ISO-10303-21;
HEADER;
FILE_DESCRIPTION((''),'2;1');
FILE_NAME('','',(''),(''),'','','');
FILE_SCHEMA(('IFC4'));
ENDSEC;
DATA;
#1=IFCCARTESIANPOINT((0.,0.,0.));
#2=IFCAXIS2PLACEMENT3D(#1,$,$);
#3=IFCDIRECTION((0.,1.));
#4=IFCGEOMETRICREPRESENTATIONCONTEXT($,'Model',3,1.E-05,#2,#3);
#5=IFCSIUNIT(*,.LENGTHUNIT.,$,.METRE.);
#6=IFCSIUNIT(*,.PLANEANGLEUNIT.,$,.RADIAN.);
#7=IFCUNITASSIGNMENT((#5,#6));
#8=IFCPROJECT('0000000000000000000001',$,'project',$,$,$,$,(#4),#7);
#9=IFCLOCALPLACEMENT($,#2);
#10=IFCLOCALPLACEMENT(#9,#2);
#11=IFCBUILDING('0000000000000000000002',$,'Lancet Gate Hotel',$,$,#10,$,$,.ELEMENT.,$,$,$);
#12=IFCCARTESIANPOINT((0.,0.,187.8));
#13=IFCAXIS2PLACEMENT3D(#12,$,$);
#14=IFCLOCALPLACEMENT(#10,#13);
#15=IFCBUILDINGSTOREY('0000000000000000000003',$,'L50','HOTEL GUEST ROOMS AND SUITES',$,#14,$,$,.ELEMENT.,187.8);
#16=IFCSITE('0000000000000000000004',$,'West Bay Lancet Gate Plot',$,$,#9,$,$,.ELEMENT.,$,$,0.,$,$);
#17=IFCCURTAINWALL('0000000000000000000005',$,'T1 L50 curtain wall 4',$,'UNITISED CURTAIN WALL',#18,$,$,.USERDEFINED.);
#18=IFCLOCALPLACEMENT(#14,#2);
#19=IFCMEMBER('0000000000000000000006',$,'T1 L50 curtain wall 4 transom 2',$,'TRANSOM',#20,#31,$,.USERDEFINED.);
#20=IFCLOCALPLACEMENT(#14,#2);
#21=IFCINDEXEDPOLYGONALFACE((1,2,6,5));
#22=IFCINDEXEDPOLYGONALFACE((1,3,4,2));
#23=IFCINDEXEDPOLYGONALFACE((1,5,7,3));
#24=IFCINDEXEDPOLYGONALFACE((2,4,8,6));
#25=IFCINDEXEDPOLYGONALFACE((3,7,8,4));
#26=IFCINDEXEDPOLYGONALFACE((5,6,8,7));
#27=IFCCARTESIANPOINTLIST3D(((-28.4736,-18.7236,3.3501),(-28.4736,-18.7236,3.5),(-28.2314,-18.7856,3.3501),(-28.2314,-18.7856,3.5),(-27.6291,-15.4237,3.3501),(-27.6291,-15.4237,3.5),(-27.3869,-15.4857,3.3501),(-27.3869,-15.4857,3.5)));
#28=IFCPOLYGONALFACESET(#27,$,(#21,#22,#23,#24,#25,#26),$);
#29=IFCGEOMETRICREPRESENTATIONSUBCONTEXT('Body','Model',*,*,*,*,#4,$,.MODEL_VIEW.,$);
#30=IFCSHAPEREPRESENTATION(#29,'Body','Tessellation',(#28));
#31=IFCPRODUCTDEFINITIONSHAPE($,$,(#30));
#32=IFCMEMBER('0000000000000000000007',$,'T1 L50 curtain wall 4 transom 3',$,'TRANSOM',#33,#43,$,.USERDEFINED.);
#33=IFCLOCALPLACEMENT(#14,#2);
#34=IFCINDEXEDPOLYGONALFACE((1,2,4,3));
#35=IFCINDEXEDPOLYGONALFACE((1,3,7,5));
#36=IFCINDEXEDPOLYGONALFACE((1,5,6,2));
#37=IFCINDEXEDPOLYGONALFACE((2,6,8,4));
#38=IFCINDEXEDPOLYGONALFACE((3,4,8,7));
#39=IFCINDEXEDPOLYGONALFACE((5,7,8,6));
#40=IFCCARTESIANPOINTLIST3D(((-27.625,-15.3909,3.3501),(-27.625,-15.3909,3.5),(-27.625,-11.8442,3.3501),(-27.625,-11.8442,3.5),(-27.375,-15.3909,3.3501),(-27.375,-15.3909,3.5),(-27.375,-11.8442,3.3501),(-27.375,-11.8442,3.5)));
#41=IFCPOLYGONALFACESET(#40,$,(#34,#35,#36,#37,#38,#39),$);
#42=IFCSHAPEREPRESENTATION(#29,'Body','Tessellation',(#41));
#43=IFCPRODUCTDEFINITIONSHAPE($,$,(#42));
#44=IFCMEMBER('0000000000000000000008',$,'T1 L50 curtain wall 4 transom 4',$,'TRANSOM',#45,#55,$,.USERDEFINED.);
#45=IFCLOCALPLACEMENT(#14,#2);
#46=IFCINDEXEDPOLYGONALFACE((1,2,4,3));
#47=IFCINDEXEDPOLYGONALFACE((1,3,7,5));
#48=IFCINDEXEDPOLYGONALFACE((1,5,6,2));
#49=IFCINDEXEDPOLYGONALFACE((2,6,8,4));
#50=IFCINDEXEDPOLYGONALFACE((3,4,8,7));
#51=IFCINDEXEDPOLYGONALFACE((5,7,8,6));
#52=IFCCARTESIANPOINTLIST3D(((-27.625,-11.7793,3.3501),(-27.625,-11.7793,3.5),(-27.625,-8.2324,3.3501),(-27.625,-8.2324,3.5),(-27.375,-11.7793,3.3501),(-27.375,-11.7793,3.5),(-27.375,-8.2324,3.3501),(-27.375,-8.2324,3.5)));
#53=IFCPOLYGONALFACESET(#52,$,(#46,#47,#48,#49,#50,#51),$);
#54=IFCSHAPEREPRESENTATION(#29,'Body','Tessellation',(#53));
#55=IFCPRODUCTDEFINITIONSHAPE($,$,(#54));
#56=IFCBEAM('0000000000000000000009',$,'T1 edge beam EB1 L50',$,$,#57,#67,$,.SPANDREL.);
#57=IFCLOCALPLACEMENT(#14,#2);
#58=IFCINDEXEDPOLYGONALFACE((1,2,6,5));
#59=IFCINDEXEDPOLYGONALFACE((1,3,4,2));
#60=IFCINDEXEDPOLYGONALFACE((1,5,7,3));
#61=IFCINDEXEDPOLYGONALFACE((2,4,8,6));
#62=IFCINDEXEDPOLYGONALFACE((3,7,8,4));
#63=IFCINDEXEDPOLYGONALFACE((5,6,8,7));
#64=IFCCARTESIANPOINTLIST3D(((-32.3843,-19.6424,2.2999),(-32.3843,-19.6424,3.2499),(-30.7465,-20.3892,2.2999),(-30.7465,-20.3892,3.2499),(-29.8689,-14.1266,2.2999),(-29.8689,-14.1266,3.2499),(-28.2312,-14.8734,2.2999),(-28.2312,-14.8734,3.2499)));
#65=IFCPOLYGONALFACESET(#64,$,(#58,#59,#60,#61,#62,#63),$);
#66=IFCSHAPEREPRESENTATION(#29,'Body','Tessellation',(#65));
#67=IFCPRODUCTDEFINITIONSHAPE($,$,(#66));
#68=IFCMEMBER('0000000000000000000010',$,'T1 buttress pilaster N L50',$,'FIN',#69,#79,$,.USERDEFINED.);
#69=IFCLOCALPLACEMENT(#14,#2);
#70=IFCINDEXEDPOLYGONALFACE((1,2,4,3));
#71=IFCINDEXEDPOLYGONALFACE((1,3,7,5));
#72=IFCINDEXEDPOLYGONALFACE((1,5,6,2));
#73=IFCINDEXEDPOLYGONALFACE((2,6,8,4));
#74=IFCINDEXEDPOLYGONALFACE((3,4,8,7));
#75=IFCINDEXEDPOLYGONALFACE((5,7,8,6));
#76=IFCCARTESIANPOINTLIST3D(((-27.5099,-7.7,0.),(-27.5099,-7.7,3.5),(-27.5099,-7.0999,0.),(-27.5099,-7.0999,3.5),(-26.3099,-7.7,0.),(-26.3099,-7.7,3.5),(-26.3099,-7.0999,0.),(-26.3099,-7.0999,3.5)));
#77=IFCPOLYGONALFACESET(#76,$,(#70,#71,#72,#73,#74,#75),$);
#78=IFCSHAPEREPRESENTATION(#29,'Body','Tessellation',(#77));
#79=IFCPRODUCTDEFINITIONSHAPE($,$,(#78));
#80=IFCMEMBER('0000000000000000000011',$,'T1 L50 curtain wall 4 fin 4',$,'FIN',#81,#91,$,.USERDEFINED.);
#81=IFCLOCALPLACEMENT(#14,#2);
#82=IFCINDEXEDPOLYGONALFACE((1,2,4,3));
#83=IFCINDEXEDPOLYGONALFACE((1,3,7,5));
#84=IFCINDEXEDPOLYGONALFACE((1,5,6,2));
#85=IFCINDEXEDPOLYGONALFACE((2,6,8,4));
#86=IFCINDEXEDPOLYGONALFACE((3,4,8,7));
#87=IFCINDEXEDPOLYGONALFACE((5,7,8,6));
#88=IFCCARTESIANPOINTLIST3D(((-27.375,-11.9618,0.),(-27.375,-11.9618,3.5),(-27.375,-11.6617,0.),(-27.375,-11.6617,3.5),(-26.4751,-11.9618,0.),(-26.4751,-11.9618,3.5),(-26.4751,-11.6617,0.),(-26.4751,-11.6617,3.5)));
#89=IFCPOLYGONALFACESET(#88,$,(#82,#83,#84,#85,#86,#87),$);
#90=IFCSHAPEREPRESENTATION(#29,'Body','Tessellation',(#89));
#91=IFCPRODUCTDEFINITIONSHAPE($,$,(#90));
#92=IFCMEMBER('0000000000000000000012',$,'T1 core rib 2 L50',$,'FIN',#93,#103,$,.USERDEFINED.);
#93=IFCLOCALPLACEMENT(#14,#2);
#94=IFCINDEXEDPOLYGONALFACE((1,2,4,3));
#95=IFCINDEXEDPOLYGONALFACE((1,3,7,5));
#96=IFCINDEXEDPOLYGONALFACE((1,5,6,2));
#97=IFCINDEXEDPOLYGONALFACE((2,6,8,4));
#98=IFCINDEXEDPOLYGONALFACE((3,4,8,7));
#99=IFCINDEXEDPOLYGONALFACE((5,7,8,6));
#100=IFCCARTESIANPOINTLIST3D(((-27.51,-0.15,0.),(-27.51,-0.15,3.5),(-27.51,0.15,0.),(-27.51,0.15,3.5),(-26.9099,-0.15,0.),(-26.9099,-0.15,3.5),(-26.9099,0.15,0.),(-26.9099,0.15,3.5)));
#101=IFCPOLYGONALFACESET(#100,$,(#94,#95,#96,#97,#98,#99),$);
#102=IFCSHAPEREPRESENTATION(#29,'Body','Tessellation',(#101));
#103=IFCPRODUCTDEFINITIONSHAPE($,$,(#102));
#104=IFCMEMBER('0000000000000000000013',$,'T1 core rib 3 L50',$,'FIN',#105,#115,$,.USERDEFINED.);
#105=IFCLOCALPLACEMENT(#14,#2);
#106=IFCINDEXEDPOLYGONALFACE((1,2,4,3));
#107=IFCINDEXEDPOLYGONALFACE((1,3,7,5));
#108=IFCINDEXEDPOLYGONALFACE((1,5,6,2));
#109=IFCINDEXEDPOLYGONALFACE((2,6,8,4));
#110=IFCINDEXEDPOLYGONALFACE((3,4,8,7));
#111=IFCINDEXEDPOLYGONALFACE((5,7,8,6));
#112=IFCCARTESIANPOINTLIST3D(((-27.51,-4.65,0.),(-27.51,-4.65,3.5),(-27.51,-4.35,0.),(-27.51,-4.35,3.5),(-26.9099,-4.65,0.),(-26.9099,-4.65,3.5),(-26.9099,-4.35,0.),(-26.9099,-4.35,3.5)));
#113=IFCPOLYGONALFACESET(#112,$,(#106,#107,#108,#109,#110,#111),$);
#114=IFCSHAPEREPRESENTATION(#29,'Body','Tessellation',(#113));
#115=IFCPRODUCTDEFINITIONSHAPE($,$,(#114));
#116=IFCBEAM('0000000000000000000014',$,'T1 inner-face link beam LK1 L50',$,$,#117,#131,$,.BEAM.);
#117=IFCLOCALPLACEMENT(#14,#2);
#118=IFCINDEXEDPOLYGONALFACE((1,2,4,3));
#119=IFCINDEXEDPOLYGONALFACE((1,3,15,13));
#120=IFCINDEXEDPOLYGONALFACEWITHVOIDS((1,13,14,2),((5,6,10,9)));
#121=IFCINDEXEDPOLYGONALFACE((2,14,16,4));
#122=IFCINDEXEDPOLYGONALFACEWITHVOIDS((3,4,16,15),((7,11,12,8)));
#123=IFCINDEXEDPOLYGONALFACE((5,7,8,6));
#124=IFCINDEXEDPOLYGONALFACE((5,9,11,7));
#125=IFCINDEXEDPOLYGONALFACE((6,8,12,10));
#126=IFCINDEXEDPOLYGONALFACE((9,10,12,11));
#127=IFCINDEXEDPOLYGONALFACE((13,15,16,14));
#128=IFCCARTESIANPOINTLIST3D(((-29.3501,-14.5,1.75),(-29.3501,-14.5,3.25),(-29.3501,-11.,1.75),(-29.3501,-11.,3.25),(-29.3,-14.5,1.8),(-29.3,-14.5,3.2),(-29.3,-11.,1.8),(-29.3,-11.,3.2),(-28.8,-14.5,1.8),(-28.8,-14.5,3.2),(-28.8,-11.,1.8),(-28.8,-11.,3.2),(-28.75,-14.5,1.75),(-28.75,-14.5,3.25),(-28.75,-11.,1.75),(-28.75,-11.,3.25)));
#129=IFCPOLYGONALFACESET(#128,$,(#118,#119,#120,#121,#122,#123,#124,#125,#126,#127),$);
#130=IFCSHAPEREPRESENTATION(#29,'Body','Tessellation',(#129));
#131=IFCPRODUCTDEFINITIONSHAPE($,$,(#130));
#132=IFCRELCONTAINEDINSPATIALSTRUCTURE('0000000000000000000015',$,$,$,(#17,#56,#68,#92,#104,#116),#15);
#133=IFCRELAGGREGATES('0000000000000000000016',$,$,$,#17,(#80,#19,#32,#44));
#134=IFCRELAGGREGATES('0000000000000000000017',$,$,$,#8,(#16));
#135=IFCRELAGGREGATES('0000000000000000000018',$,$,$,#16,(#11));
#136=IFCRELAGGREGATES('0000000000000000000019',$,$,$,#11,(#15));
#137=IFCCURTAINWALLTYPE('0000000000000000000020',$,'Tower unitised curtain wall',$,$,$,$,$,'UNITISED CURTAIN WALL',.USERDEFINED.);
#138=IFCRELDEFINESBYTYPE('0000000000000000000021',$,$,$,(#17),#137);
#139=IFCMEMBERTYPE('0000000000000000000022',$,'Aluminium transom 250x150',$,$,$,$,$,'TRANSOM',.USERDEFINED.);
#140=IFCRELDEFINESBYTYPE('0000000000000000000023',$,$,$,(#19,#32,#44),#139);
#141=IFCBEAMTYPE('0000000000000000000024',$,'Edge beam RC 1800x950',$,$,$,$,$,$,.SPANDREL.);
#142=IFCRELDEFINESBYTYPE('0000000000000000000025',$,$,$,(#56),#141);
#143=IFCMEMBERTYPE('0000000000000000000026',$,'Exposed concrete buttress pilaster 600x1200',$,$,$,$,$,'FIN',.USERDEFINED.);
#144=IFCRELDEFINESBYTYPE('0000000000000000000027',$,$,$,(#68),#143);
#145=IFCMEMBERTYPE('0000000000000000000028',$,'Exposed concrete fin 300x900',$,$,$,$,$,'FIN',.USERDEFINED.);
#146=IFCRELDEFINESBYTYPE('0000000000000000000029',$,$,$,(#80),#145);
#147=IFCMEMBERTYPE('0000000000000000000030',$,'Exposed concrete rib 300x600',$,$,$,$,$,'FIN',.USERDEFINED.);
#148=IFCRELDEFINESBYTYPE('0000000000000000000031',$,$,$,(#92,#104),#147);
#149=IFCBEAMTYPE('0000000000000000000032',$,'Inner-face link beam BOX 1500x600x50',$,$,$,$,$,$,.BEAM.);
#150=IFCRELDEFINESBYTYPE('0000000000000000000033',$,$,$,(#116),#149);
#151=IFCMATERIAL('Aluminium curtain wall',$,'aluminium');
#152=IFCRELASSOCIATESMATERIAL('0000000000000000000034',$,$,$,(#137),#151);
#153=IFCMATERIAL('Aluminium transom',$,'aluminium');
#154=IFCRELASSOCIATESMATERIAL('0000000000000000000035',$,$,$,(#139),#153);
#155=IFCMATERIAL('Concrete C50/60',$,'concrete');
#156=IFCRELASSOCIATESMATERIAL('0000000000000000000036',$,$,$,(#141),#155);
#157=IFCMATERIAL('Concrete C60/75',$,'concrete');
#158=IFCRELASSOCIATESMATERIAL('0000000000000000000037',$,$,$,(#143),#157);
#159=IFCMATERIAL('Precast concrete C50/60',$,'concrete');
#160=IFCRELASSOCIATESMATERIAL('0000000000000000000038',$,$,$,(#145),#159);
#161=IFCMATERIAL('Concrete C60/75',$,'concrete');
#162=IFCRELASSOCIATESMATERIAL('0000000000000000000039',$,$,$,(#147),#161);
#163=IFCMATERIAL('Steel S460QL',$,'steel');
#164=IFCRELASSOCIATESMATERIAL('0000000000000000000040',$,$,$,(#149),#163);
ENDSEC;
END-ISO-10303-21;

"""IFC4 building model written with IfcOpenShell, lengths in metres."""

from ifc_helpers import new_model, si_unit, direction, frame, origin, origin_2d, place, context, subcontext, project, spatial, rectangle, hollow_rectangle, extrude, material, material_profile, profile_set, type_object, element, aggregate, save


model = new_model("IFC4")

# Units and contexts
model_context = context("Model", 3, precision=1e-05, world=origin(), true_north=direction((0.0, 1.0)))
body_context = subcontext(model_context, "Body", "Model", "MODEL_VIEW")
ifc_project = project(units=[si_unit("LENGTHUNIT", "METRE"), si_unit("PLANEANGLEUNIT", "RADIAN")], contexts=[model_context])

# Site, building, storey
site_placement = place(None, origin())
site = spatial("IfcSite", under=ifc_project, at=site_placement, Name="West Bay Lancet Gate Plot", CompositionType="ELEMENT", RefElevation=0.0)
building_placement = place(site_placement, origin())
building = spatial("IfcBuilding", under=site, at=building_placement, Name="Lancet Gate Hotel", CompositionType="ELEMENT")
storey_placement = place(building_placement, frame((0.0, 0.0, 187.8)))
storey = spatial("IfcBuildingStorey", under=building, at=storey_placement, Name="L50", Description="HOTEL GUEST ROOMS AND SUITES", CompositionType="ELEMENT", Elevation=187.8)

# Curtain wall, members
ifc_material_1 = material(Name="Aluminium curtain wall", Category="aluminium")
curtain_wall_type = type_object("IfcCurtainWallType", Name="Tower unitised curtain wall", ElementType="UNITISED CURTAIN WALL", PredefinedType="USERDEFINED", material=ifc_material_1)
curtain_wall_placement = place(storey_placement, origin())
curtain_wall = element("IfcCurtainWall", 1, at=curtain_wall_placement, inside=storey, type_object=curtain_wall_type, Name="T1 L50 curtain wall 4", ObjectType="UNITISED CURTAIN WALL", PredefinedType="USERDEFINED")
ifc_material_2 = material(Name="Aluminium transom", Category="aluminium")
ifc_material_profile_1 = material_profile(ifc_material_2, rectangle(XDim=0.25, YDim=0.1499, at=origin_2d()), Name="TRANSOM 250x150")
ifc_profile_set_1 = profile_set([ifc_material_profile_1], Name="Aluminium transom")
member_type_1 = type_object("IfcMemberType", Name="Aluminium transom 250x150", ElementType="TRANSOM", PredefinedType="USERDEFINED", material=ifc_profile_set_1)
member_1_placement = place(storey_placement, frame((-28.3525, -18.7546, 3.425), z_axis=(0.247929, 0.968778, 0.0), x_axis=(-0.968778, 0.247929, 0.0)))
member_1 = element("IfcMember", 2, at=member_1_placement, type_object=member_type_1, Name="T1 L50 curtain wall 4 transom 2", ObjectType="TRANSOM", PredefinedType="USERDEFINED", context=body_context, shape_type="SweptSolid", body=[
    extrude(rectangle(XDim=0.25, YDim=0.1499, at=origin_2d()), origin(), (0.0, 0.0, 1.0), 3.4062),
])
member_2_placement = place(storey_placement, frame((-27.5, -15.3909, 3.425), z_axis=(0.0, 1.0, 0.0), x_axis=(-1.0, 0.0, 0.0)))
member_2 = element("IfcMember", 3, at=member_2_placement, type_object=member_type_1, Name="T1 L50 curtain wall 4 transom 3", ObjectType="TRANSOM", PredefinedType="USERDEFINED", context=body_context, shape_type="SweptSolid", body=[
    extrude(rectangle(XDim=0.25, YDim=0.1499, at=origin_2d()), origin(), (0.0, 0.0, 1.0), 3.5466),
])
member_3_placement = place(storey_placement, frame((-27.5, -11.7793, 3.425), z_axis=(0.0, 1.0, 0.0), x_axis=(-1.0, 0.0, 0.0)))
member_3 = element("IfcMember", 4, at=member_3_placement, type_object=member_type_1, Name="T1 L50 curtain wall 4 transom 4", ObjectType="TRANSOM", PredefinedType="USERDEFINED", context=body_context, shape_type="SweptSolid", body=[
    extrude(rectangle(XDim=0.25, YDim=0.1499, at=origin_2d()), origin(), (0.0, 0.0, 1.0), 3.5469),
])

# Beam
ifc_material_3 = material(Name="Concrete C50/60", Category="concrete")
ifc_material_profile_2 = material_profile(ifc_material_3, rectangle(XDim=1.8, YDim=0.95, at=origin_2d()), Name="RC 1800x950")
ifc_profile_set_2 = profile_set([ifc_material_profile_2], Name="Concrete C50/60")
beam_type_1 = type_object("IfcBeamType", Name="Edge beam RC 1800x950", PredefinedType="SPANDREL", material=ifc_profile_set_2)
beam_1_placement = place(storey_placement, frame((-29.05, -14.5, 2.7749), z_axis=(-0.414919, -0.909858, 0.0), x_axis=(0.909858, -0.414919, 0.0)))
element("IfcBeam", 5, at=beam_1_placement, inside=storey, type_object=beam_type_1, Name="T1 edge beam EB1 L50", PredefinedType="SPANDREL", context=body_context, shape_type="SweptSolid", body=[
    extrude(rectangle(XDim=1.8, YDim=0.95, at=origin_2d()), origin(), (0.0, 0.0, 1.0), 6.0623),
])

# Members
ifc_material_4 = material(Name="Concrete C60/75", Category="concrete")
ifc_material_profile_3 = material_profile(ifc_material_4, rectangle(XDim=0.6001, YDim=1.2, at=origin_2d()), Name="FIN 600x1200")
ifc_profile_set_3 = profile_set([ifc_material_profile_3], Name="Concrete C60/75")
member_type_2 = type_object("IfcMemberType", Name="Exposed concrete buttress pilaster 600x1200", ElementType="FIN", PredefinedType="USERDEFINED", material=ifc_profile_set_3)
member_4_placement = place(storey_placement, frame((-26.9099, -7.3999, 0.0), z_axis=(0.0, 0.0, 1.0), x_axis=(0.0, 1.0, 0.0)))
element("IfcMember", 6, at=member_4_placement, inside=storey, type_object=member_type_2, Name="T1 buttress pilaster N L50", ObjectType="FIN", PredefinedType="USERDEFINED", context=body_context, shape_type="SweptSolid", body=[
    extrude(rectangle(XDim=0.6001, YDim=1.2, at=origin_2d()), origin(), (0.0, 0.0, 1.0), 3.5),
])
ifc_material_5 = material(Name="Precast concrete C50/60", Category="concrete")
ifc_material_profile_4 = material_profile(ifc_material_5, rectangle(XDim=0.3, YDim=0.8999, at=origin_2d()), Name="FIN 300x900")
ifc_profile_set_4 = profile_set([ifc_material_profile_4], Name="Precast concrete C50/60")
member_type_3 = type_object("IfcMemberType", Name="Exposed concrete fin 300x900", ElementType="FIN", PredefinedType="USERDEFINED", material=ifc_profile_set_4)
member_5_placement = place(storey_placement, frame((-26.925, -11.8118, 0.0), z_axis=(0.0, 0.0, 1.0), x_axis=(0.0, 1.0, 0.0)))
member_5 = element("IfcMember", 7, at=member_5_placement, type_object=member_type_3, Name="T1 L50 curtain wall 4 fin 4", ObjectType="FIN", PredefinedType="USERDEFINED", context=body_context, shape_type="SweptSolid", body=[
    extrude(rectangle(XDim=0.3, YDim=0.8999, at=origin_2d()), origin(), (0.0, 0.0, 1.0), 3.5),
])

# Members
ifc_material_6 = material(Name="Concrete C60/75", Category="concrete")
ifc_material_profile_5 = material_profile(ifc_material_6, rectangle(XDim=0.3, YDim=0.6001, at=origin_2d()), Name="FIN 300x600")
ifc_profile_set_5 = profile_set([ifc_material_profile_5], Name="Concrete C60/75")
member_type_4 = type_object("IfcMemberType", Name="Exposed concrete rib 300x600", ElementType="FIN", PredefinedType="USERDEFINED", material=ifc_profile_set_5)
for number, where, z_axis, x_axis, name in (
    (8, (-27.21, 0.0, 0.0), (0.0, 0.0, 1.0), (0.0, 1.0, 0.0), "T1 core rib 2 L50"),
    (9, (-27.21, -4.5, 0.0), (0.0, 0.0, 1.0), (0.0, 1.0, 0.0), "T1 core rib 3 L50"),
):
    element("IfcMember", number, at=place(storey_placement, frame(where, z_axis=z_axis, x_axis=x_axis)), inside=storey, type_object=member_type_4, Name=name, ObjectType="FIN", PredefinedType="USERDEFINED", context=body_context, shape_type="SweptSolid", body=[
        extrude(rectangle(XDim=0.3, YDim=0.6001, at=origin_2d()), origin(), (0.0, 0.0, 1.0), 3.5),
    ])

# Beam
ifc_material_7 = material(Name="Steel S460QL", Category="steel")
ifc_material_profile_6 = material_profile(ifc_material_7, hollow_rectangle(XDim=0.6001, YDim=1.5, WallThickness=0.05, at=origin_2d()), Name="BOX 1500x600x50")
ifc_profile_set_6 = profile_set([ifc_material_profile_6], Name="Steel S460QL")
beam_type_2 = type_object("IfcBeamType", Name="Inner-face link beam BOX 1500x600x50", PredefinedType="BEAM", material=ifc_profile_set_6)
beam_2_placement = place(storey_placement, frame((-29.05, -11.0, 2.5), z_axis=(0.0, -1.0, 0.0), x_axis=(1.0, 0.0, 0.0)))
element("IfcBeam", 10, at=beam_2_placement, inside=storey, type_object=beam_type_2, Name="T1 inner-face link beam LK1 L50", PredefinedType="BEAM", context=body_context, shape_type="SweptSolid", body=[
    extrude(hollow_rectangle(XDim=0.6001, YDim=1.5, WallThickness=0.05, at=origin_2d()), origin(), (0.0, 0.0, 1.0), 3.5),
])

aggregate(curtain_wall, [member_5, member_1, member_2, member_3])

save(model, "model.ifc")
